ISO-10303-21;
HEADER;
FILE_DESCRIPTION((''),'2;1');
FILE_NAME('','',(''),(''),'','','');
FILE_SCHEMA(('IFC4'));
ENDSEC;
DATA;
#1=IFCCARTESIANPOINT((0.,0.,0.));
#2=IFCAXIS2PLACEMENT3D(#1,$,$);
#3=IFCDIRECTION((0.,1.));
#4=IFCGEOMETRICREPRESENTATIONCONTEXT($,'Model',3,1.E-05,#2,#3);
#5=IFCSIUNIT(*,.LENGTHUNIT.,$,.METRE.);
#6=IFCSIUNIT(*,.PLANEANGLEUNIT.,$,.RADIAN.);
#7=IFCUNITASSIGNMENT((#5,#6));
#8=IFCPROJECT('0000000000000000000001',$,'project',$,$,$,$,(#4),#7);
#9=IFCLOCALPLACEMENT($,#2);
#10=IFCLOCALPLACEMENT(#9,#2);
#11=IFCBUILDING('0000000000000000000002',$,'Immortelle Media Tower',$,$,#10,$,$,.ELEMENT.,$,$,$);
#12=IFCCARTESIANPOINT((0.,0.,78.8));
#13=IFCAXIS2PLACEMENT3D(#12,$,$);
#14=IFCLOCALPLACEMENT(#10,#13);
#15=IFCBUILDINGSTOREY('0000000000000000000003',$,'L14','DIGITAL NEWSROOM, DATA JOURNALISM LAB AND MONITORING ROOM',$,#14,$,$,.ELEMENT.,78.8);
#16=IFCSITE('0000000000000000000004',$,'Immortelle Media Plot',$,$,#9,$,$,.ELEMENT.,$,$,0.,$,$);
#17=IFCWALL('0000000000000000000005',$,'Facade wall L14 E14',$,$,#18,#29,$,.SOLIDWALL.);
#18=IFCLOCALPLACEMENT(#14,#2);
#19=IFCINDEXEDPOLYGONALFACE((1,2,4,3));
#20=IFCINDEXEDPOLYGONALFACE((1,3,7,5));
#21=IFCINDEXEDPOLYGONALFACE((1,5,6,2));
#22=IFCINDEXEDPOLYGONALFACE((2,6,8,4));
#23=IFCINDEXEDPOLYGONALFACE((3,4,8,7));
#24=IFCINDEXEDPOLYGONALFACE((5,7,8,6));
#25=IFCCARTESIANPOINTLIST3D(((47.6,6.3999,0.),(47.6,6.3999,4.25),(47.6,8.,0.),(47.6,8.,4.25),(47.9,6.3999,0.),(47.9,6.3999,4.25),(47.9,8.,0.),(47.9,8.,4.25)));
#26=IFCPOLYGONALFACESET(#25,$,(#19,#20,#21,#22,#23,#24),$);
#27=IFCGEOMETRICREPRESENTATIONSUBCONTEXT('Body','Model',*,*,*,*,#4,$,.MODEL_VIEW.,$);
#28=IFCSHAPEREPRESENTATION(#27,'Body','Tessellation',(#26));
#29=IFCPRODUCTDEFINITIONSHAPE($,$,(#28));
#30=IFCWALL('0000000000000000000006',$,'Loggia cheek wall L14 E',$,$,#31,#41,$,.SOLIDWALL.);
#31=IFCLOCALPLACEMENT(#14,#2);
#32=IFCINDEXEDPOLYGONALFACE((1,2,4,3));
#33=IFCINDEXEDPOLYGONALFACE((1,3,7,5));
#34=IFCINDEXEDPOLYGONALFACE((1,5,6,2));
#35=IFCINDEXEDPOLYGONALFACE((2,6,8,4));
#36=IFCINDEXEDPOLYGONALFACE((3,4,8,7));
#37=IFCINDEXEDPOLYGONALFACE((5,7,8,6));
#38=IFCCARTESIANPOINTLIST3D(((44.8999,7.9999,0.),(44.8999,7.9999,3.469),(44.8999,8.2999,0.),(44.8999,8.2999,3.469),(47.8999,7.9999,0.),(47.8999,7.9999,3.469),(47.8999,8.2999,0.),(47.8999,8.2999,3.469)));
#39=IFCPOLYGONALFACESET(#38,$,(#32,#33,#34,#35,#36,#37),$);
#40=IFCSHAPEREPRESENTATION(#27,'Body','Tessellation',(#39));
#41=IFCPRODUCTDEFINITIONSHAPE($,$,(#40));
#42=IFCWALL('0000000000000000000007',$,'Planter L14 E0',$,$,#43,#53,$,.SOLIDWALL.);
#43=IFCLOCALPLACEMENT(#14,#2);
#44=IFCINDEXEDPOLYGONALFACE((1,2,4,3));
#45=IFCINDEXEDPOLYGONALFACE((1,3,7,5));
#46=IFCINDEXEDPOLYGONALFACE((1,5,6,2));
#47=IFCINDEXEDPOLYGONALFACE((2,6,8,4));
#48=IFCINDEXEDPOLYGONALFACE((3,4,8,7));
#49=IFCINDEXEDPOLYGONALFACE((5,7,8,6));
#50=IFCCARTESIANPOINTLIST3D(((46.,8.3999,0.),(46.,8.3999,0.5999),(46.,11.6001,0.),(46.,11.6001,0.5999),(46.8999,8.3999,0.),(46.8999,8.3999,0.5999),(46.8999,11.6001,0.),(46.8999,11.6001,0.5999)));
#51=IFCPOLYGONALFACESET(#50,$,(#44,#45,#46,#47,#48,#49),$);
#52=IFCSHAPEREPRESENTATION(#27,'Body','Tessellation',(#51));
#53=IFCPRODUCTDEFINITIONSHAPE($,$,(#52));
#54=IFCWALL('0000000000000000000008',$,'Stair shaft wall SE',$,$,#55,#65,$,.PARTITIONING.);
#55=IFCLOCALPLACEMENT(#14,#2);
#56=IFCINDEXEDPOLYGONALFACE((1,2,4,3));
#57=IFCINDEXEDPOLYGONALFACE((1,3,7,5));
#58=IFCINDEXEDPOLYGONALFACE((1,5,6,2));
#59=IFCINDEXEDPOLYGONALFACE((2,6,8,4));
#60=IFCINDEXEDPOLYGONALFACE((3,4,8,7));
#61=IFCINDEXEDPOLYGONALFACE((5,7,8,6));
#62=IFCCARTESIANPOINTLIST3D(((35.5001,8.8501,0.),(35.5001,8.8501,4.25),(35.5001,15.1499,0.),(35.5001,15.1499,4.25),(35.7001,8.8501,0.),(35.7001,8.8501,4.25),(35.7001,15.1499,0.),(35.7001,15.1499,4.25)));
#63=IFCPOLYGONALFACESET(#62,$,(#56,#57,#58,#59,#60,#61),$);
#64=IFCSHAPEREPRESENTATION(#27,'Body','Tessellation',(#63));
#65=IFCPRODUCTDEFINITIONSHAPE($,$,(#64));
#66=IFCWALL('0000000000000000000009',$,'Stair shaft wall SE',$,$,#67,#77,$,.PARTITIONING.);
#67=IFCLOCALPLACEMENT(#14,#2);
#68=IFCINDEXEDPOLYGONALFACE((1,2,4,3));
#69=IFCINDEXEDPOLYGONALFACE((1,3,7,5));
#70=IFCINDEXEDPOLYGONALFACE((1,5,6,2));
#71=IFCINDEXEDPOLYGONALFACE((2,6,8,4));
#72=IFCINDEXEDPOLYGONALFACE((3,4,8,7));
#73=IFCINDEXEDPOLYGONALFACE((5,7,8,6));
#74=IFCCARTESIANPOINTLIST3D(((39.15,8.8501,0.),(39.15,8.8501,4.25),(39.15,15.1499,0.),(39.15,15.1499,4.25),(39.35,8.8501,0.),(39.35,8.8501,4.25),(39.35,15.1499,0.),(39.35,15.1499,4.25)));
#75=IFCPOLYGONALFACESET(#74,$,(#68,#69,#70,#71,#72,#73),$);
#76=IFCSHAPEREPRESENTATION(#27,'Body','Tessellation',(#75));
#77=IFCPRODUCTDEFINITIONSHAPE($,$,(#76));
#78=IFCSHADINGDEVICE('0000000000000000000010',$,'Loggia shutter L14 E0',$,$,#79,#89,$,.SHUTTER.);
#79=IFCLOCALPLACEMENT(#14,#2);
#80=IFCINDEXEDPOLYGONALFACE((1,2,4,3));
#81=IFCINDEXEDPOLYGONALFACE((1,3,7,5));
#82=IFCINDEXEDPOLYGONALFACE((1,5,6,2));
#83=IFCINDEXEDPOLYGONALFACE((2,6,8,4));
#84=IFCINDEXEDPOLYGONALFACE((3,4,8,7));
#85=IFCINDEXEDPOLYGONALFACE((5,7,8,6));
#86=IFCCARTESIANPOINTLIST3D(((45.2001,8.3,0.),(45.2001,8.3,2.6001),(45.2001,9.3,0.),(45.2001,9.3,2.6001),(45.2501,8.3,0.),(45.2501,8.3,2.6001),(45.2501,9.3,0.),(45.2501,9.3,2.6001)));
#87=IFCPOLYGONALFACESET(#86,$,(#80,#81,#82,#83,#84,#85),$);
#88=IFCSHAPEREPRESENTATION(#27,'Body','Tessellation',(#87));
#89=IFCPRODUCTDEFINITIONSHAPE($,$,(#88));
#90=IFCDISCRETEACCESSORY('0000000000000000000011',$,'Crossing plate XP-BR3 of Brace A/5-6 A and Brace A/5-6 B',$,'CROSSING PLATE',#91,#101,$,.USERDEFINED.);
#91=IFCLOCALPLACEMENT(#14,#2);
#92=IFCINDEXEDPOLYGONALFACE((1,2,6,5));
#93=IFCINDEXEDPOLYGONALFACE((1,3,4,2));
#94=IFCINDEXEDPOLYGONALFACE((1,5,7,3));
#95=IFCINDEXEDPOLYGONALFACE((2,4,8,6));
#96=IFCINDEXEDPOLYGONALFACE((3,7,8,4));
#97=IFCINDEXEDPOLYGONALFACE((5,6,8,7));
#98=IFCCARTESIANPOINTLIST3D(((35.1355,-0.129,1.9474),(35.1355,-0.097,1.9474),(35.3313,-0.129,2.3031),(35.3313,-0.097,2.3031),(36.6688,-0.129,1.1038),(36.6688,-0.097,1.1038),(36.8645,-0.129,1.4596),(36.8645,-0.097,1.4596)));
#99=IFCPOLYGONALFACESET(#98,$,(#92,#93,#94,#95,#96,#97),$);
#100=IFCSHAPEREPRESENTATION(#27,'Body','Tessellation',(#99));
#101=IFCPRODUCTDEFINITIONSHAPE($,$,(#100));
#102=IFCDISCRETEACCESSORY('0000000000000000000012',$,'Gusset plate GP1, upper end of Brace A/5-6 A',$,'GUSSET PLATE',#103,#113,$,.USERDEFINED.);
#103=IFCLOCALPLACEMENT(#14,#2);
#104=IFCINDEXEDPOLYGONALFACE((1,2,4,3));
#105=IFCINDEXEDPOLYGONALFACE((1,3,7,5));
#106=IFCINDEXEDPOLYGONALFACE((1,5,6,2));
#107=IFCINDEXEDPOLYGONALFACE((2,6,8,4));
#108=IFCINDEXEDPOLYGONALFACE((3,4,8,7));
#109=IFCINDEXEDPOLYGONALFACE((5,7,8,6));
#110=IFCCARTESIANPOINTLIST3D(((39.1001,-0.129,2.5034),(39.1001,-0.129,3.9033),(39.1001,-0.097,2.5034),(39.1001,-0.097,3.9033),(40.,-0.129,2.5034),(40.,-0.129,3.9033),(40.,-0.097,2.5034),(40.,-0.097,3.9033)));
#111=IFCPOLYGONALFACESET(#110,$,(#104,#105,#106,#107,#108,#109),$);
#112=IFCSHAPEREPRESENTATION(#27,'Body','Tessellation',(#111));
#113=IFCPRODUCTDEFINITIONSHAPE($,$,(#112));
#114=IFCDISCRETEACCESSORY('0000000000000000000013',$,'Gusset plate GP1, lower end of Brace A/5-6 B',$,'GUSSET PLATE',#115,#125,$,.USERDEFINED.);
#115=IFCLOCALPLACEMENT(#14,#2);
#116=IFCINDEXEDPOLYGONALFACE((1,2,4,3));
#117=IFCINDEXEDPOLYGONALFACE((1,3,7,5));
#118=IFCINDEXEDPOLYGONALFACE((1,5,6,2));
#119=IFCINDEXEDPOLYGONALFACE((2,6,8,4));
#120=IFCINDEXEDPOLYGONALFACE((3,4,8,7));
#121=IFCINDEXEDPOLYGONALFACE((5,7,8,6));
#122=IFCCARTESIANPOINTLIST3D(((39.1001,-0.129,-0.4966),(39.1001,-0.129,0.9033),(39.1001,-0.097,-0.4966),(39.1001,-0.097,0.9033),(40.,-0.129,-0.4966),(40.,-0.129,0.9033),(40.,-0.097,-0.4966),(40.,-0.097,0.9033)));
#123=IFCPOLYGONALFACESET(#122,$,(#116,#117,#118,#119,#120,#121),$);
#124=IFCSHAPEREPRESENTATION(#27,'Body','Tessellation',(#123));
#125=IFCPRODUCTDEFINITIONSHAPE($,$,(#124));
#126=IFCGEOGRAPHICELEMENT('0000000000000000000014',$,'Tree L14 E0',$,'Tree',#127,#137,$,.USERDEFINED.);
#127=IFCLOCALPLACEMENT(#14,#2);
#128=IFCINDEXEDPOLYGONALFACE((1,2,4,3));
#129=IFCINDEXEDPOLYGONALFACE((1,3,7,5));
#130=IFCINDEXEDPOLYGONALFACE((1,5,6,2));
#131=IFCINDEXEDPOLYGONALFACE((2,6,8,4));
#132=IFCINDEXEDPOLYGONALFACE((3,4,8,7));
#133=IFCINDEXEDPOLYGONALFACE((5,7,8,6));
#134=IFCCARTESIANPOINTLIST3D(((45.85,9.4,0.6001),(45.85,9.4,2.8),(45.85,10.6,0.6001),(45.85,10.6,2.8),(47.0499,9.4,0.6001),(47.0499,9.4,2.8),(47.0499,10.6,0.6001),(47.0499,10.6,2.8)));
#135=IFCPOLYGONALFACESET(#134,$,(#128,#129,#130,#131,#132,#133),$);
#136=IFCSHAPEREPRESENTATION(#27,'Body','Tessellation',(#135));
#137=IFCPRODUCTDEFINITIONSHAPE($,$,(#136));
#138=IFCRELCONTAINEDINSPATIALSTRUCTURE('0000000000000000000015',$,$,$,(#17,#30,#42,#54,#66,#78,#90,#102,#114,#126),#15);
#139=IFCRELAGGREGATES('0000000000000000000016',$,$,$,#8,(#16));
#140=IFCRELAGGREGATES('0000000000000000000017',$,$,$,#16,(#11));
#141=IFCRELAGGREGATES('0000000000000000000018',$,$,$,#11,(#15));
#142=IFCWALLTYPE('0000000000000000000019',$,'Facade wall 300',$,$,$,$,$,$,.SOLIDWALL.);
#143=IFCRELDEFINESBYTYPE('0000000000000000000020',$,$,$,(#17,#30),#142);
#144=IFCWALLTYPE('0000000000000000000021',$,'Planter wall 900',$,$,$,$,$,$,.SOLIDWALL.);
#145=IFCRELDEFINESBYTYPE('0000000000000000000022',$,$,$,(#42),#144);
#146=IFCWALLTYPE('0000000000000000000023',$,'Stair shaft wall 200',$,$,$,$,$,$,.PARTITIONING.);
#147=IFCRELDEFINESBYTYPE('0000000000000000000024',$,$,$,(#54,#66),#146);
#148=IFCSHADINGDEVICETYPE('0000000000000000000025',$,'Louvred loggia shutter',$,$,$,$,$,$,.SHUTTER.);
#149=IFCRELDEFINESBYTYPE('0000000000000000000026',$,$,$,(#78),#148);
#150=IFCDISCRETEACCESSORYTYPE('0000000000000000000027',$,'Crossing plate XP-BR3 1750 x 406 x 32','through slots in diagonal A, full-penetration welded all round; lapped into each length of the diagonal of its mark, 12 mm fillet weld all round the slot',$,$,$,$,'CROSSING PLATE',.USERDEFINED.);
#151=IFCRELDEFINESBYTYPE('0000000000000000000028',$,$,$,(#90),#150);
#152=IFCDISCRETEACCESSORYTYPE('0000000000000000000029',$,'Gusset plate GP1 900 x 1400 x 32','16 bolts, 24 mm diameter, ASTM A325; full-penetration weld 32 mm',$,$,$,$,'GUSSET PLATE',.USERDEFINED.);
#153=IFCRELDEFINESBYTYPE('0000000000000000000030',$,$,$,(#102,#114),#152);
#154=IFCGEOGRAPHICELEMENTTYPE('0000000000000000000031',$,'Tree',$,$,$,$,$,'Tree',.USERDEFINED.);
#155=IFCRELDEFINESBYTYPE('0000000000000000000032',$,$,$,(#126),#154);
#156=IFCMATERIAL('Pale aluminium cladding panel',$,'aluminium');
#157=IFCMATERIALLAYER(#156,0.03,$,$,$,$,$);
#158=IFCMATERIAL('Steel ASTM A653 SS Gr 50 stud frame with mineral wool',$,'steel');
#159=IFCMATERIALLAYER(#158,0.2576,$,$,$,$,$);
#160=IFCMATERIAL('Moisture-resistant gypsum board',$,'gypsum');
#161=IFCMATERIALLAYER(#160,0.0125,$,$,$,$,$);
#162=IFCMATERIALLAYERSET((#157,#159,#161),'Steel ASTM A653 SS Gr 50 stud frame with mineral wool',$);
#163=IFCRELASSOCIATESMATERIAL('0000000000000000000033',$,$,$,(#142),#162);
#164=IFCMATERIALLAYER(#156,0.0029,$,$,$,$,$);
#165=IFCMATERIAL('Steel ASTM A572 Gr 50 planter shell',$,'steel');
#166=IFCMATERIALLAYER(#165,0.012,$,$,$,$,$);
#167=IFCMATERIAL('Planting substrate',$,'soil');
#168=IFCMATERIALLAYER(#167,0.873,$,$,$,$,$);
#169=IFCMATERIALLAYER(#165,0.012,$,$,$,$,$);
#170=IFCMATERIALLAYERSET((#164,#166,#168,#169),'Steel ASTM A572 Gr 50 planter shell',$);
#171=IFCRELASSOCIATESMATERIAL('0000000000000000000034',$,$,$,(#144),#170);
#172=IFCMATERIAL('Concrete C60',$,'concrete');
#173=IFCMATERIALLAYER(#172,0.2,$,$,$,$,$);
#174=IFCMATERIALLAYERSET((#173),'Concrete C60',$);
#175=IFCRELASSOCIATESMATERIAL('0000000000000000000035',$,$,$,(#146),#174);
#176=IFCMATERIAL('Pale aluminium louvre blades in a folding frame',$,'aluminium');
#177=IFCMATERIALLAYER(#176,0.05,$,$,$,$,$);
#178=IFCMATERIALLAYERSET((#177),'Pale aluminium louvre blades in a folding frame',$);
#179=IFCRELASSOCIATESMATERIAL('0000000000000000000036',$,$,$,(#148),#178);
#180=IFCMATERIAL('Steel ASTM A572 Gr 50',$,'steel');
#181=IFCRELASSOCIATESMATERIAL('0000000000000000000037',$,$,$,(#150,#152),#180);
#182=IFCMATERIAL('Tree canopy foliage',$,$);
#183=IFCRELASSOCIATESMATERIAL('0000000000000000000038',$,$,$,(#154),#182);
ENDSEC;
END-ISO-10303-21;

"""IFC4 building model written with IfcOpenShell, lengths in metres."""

from ifc_helpers import new_model, si_unit, direction, frame, frame_2d, origin, origin_2d, place, context, subcontext, project, spatial, rectangle, extrude, material, layer, layer_set, material_profile, profile_set, type_object, element, save


model = new_model("IFC4")

# Units and contexts
model_context = context("Model", 3, precision=1e-05, world=origin(), true_north=direction((0.0, 1.0)))
body_context = subcontext(model_context, "Body", "Model", "MODEL_VIEW")
ifc_project = project(units=[si_unit("LENGTHUNIT", "METRE"), si_unit("PLANEANGLEUNIT", "RADIAN")], contexts=[model_context])

# Site, building, storey
site_placement = place(None, origin())
site = spatial("IfcSite", under=ifc_project, at=site_placement, Name="Immortelle Media Plot", CompositionType="ELEMENT", RefElevation=0.0)
building_placement = place(site_placement, origin())
building = spatial("IfcBuilding", under=site, at=building_placement, Name="Immortelle Media Tower", CompositionType="ELEMENT")
storey_placement = place(building_placement, frame((0.0, 0.0, 78.8)))
storey = spatial("IfcBuildingStorey", under=building, at=storey_placement, Name="L14", Description="DIGITAL NEWSROOM, DATA JOURNALISM LAB AND MONITORING ROOM", CompositionType="ELEMENT", Elevation=78.8)

# Wall
ifc_material_1 = material(Name="Pale aluminium cladding panel", Category="aluminium")
ifc_layer_1 = layer(ifc_material_1, 0.03)
ifc_material_2 = material(Name="Steel ASTM A653 SS Gr 50 stud frame with mineral wool", Category="steel")
ifc_layer_2 = layer(ifc_material_2, 0.2576)
ifc_material_3 = material(Name="Moisture-resistant gypsum board", Category="gypsum")
ifc_layer_3 = layer(ifc_material_3, 0.0125)
ifc_layer_set_1 = layer_set([ifc_layer_1, ifc_layer_2, ifc_layer_3], Name="Steel ASTM A653 SS Gr 50 stud frame with mineral wool")
wall_type_1 = type_object("IfcWallType", Name="Facade wall 300", PredefinedType="SOLIDWALL", material=ifc_layer_set_1)
wall_1_placement = place(storey_placement, frame((47.75, 6.3999, 0.0), z_axis=(0.0, 0.0, 1.0), x_axis=(0.0, 1.0, 0.0)))
element("IfcWall", 1, at=wall_1_placement, inside=storey, type_object=wall_type_1, Name="Facade wall L14 E14", PredefinedType="SOLIDWALL", context=body_context, shape_type="SweptSolid", body=[
    extrude(rectangle(XDim=1.6001, YDim=0.3, at=frame_2d((0.8, 0.0))), origin(), (0.0, 0.0, 1.0), 4.25),
])

# Walls
wall_2_placement = place(storey_placement, frame((47.8999, 8.1499, 0.0), z_axis=(0.0, 0.0, 1.0), x_axis=(-1.0, 0.0, 0.0)))
element("IfcWall", 2, at=wall_2_placement, inside=storey, type_object=wall_type_1, Name="Loggia cheek wall L14 E", PredefinedType="SOLIDWALL", context=body_context, shape_type="SweptSolid", body=[
    extrude(rectangle(XDim=3.0, YDim=0.3, at=frame_2d((1.5, 0.0))), origin(), (0.0, 0.0, 1.0), 3.469),
])
ifc_layer_4 = layer(ifc_material_1, 0.0029)
ifc_material_4 = material(Name="Steel ASTM A572 Gr 50 planter shell", Category="steel")
ifc_layer_5 = layer(ifc_material_4, 0.012)
ifc_material_5 = material(Name="Planting substrate", Category="soil")
ifc_layer_6 = layer(ifc_material_5, 0.873)
ifc_layer_7 = layer(ifc_material_4, 0.012)
ifc_layer_set_2 = layer_set([ifc_layer_4, ifc_layer_5, ifc_layer_6, ifc_layer_7], Name="Steel ASTM A572 Gr 50 planter shell")
wall_type_2 = type_object("IfcWallType", Name="Planter wall 900", PredefinedType="SOLIDWALL", material=ifc_layer_set_2)
wall_3_placement = place(storey_placement, frame((46.45, 8.3999, 0.0), z_axis=(0.0, 0.0, 1.0), x_axis=(0.0, 1.0, 0.0)))
element("IfcWall", 3, at=wall_3_placement, inside=storey, type_object=wall_type_2, Name="Planter L14 E0", PredefinedType="SOLIDWALL", context=body_context, shape_type="SweptSolid", body=[
    extrude(rectangle(XDim=3.2002, YDim=0.8999, at=frame_2d((1.6001, 0.0))), origin(), (0.0, 0.0, 1.0), 0.5999),
])
ifc_material_6 = material(Name="Concrete C60", Category="concrete")
ifc_layer_8 = layer(ifc_material_6, 0.2)
ifc_layer_set_3 = layer_set([ifc_layer_8], Name="Concrete C60")
wall_type_3 = type_object("IfcWallType", Name="Stair shaft wall 200", PredefinedType="PARTITIONING", material=ifc_layer_set_3)
for number, where, z_axis, x_axis, name in (
    (4, (35.6001, 8.8501, 0.0), (0.0, 0.0, 1.0), (0.0, 1.0, 0.0), "Stair shaft wall SE"),
    (5, (39.25, 8.8501, 0.0), (0.0, 0.0, 1.0), (0.0, 1.0, 0.0), "Stair shaft wall SE"),
):
    element("IfcWall", number, at=place(storey_placement, frame(where, z_axis=z_axis, x_axis=x_axis)), inside=storey, type_object=wall_type_3, Name=name, PredefinedType="PARTITIONING", context=body_context, shape_type="SweptSolid", body=[
        extrude(rectangle(XDim=6.2998, YDim=0.2, at=frame_2d((3.1499, 0.0))), origin(), (0.0, 0.0, 1.0), 4.25),
    ])

# Shading device
ifc_material_7 = material(Name="Pale aluminium louvre blades in a folding frame", Category="aluminium")
ifc_layer_9 = layer(ifc_material_7, 0.05)
ifc_layer_set_4 = layer_set([ifc_layer_9], Name="Pale aluminium louvre blades in a folding frame")
shading_device_type = type_object("IfcShadingDeviceType", Name="Louvred loggia shutter", PredefinedType="SHUTTER", material=ifc_layer_set_4)
shading_device_placement = place(storey_placement, frame((45.2251, 8.8, 0.0), z_axis=(0.0, 0.0, 1.0), x_axis=(0.0, 1.0, 0.0)))
element("IfcShadingDevice", 6, at=shading_device_placement, inside=storey, type_object=shading_device_type, Name="Loggia shutter L14 E0", PredefinedType="SHUTTER", context=body_context, shape_type="SweptSolid", body=[
    extrude(rectangle(XDim=1.0, YDim=0.05, at=origin_2d()), origin(), (0.0, 0.0, 1.0), 2.6001),
])

# Discrete accessories
ifc_material_8 = material(Name="Steel ASTM A572 Gr 50", Category="steel")
ifc_material_profile_1 = material_profile(ifc_material_8, rectangle(XDim=0.032, YDim=0.406, at=origin_2d()), Name="PL 32 x 406")
ifc_profile_set_1 = profile_set([ifc_material_profile_1], Name="Steel ASTM A572 Gr 50")
discrete_accessory_type_1 = type_object("IfcDiscreteAccessoryType", Name="Crossing plate XP-BR3 1750 x 406 x 32", Description="through slots in diagonal A, full-penetration welded all round; lapped into each length of the diagonal of its mark, 12 mm fillet weld all round the slot", ElementType="CROSSING PLATE", PredefinedType="USERDEFINED", material=ifc_profile_set_1)
discrete_accessory_placement = place(storey_placement, frame((35.2334, -0.113, 2.1252), z_axis=(0.876157, 0.0, -0.482026), x_axis=(0.0, 1.0, 0.0)))
element("IfcDiscreteAccessory", 7, at=discrete_accessory_placement, inside=storey, type_object=discrete_accessory_type_1, Name="Crossing plate XP-BR3 of Brace A/5-6 A and Brace A/5-6 B", ObjectType="CROSSING PLATE", PredefinedType="USERDEFINED", context=body_context, shape_type="SweptSolid", body=[
    extrude(rectangle(XDim=0.032, YDim=0.406, at=origin_2d()), origin(), (0.0, 0.0, 1.0), 1.75),
])
ifc_material_profile_2 = material_profile(ifc_material_8, rectangle(XDim=0.032, YDim=1.3999, at=origin_2d()), Name="PL 32 x 1400")
ifc_profile_set_2 = profile_set([ifc_material_profile_2], Name="Steel ASTM A572 Gr 50")
discrete_accessory_type_2 = type_object("IfcDiscreteAccessoryType", Name="Gusset plate GP1 900 x 1400 x 32", Description="16 bolts, 24 mm diameter, ASTM A325; full-penetration weld 32 mm", ElementType="GUSSET PLATE", PredefinedType="USERDEFINED", material=ifc_profile_set_2)
for number, where, z_axis, x_axis, name in (
    (8, (40.0, -0.113, 3.2034), (-1.0, 0.0, 0.0), (0.0, -1.0, 0.0), "Gusset plate GP1, upper end of Brace A/5-6 A"),
    (9, (40.0, -0.113, 0.2034), (-1.0, 0.0, 0.0), (0.0, -1.0, 0.0), "Gusset plate GP1, lower end of Brace A/5-6 B"),
):
    element("IfcDiscreteAccessory", number, at=place(storey_placement, frame(where, z_axis=z_axis, x_axis=x_axis)), inside=storey, type_object=discrete_accessory_type_2, Name=name, ObjectType="GUSSET PLATE", PredefinedType="USERDEFINED", context=body_context, shape_type="SweptSolid", body=[
        extrude(rectangle(XDim=0.032, YDim=1.3999, at=origin_2d()), origin(), (0.0, 0.0, 1.0), 0.8999),
    ])

# Geographic element
ifc_material_9 = material(Name="Tree canopy foliage")
geographic_element_type = type_object("IfcGeographicElementType", Name="Tree", ElementType="Tree", PredefinedType="USERDEFINED", material=ifc_material_9)
geographic_element_placement = place(storey_placement, frame((46.45, 10.0, 0.6001), z_axis=(0.0, 0.0, 1.0), x_axis=(1.0, 0.0, 0.0)))
element("IfcGeographicElement", 10, at=geographic_element_placement, inside=storey, type_object=geographic_element_type, Name="Tree L14 E0", ObjectType="Tree", PredefinedType="USERDEFINED", context=body_context, shape_type="SweptSolid", body=[
    extrude(rectangle(XDim=1.2, YDim=1.2, at=origin_2d()), origin(), (0.0, 0.0, 1.0), 2.2),
])

save(model, "model.ifc")
